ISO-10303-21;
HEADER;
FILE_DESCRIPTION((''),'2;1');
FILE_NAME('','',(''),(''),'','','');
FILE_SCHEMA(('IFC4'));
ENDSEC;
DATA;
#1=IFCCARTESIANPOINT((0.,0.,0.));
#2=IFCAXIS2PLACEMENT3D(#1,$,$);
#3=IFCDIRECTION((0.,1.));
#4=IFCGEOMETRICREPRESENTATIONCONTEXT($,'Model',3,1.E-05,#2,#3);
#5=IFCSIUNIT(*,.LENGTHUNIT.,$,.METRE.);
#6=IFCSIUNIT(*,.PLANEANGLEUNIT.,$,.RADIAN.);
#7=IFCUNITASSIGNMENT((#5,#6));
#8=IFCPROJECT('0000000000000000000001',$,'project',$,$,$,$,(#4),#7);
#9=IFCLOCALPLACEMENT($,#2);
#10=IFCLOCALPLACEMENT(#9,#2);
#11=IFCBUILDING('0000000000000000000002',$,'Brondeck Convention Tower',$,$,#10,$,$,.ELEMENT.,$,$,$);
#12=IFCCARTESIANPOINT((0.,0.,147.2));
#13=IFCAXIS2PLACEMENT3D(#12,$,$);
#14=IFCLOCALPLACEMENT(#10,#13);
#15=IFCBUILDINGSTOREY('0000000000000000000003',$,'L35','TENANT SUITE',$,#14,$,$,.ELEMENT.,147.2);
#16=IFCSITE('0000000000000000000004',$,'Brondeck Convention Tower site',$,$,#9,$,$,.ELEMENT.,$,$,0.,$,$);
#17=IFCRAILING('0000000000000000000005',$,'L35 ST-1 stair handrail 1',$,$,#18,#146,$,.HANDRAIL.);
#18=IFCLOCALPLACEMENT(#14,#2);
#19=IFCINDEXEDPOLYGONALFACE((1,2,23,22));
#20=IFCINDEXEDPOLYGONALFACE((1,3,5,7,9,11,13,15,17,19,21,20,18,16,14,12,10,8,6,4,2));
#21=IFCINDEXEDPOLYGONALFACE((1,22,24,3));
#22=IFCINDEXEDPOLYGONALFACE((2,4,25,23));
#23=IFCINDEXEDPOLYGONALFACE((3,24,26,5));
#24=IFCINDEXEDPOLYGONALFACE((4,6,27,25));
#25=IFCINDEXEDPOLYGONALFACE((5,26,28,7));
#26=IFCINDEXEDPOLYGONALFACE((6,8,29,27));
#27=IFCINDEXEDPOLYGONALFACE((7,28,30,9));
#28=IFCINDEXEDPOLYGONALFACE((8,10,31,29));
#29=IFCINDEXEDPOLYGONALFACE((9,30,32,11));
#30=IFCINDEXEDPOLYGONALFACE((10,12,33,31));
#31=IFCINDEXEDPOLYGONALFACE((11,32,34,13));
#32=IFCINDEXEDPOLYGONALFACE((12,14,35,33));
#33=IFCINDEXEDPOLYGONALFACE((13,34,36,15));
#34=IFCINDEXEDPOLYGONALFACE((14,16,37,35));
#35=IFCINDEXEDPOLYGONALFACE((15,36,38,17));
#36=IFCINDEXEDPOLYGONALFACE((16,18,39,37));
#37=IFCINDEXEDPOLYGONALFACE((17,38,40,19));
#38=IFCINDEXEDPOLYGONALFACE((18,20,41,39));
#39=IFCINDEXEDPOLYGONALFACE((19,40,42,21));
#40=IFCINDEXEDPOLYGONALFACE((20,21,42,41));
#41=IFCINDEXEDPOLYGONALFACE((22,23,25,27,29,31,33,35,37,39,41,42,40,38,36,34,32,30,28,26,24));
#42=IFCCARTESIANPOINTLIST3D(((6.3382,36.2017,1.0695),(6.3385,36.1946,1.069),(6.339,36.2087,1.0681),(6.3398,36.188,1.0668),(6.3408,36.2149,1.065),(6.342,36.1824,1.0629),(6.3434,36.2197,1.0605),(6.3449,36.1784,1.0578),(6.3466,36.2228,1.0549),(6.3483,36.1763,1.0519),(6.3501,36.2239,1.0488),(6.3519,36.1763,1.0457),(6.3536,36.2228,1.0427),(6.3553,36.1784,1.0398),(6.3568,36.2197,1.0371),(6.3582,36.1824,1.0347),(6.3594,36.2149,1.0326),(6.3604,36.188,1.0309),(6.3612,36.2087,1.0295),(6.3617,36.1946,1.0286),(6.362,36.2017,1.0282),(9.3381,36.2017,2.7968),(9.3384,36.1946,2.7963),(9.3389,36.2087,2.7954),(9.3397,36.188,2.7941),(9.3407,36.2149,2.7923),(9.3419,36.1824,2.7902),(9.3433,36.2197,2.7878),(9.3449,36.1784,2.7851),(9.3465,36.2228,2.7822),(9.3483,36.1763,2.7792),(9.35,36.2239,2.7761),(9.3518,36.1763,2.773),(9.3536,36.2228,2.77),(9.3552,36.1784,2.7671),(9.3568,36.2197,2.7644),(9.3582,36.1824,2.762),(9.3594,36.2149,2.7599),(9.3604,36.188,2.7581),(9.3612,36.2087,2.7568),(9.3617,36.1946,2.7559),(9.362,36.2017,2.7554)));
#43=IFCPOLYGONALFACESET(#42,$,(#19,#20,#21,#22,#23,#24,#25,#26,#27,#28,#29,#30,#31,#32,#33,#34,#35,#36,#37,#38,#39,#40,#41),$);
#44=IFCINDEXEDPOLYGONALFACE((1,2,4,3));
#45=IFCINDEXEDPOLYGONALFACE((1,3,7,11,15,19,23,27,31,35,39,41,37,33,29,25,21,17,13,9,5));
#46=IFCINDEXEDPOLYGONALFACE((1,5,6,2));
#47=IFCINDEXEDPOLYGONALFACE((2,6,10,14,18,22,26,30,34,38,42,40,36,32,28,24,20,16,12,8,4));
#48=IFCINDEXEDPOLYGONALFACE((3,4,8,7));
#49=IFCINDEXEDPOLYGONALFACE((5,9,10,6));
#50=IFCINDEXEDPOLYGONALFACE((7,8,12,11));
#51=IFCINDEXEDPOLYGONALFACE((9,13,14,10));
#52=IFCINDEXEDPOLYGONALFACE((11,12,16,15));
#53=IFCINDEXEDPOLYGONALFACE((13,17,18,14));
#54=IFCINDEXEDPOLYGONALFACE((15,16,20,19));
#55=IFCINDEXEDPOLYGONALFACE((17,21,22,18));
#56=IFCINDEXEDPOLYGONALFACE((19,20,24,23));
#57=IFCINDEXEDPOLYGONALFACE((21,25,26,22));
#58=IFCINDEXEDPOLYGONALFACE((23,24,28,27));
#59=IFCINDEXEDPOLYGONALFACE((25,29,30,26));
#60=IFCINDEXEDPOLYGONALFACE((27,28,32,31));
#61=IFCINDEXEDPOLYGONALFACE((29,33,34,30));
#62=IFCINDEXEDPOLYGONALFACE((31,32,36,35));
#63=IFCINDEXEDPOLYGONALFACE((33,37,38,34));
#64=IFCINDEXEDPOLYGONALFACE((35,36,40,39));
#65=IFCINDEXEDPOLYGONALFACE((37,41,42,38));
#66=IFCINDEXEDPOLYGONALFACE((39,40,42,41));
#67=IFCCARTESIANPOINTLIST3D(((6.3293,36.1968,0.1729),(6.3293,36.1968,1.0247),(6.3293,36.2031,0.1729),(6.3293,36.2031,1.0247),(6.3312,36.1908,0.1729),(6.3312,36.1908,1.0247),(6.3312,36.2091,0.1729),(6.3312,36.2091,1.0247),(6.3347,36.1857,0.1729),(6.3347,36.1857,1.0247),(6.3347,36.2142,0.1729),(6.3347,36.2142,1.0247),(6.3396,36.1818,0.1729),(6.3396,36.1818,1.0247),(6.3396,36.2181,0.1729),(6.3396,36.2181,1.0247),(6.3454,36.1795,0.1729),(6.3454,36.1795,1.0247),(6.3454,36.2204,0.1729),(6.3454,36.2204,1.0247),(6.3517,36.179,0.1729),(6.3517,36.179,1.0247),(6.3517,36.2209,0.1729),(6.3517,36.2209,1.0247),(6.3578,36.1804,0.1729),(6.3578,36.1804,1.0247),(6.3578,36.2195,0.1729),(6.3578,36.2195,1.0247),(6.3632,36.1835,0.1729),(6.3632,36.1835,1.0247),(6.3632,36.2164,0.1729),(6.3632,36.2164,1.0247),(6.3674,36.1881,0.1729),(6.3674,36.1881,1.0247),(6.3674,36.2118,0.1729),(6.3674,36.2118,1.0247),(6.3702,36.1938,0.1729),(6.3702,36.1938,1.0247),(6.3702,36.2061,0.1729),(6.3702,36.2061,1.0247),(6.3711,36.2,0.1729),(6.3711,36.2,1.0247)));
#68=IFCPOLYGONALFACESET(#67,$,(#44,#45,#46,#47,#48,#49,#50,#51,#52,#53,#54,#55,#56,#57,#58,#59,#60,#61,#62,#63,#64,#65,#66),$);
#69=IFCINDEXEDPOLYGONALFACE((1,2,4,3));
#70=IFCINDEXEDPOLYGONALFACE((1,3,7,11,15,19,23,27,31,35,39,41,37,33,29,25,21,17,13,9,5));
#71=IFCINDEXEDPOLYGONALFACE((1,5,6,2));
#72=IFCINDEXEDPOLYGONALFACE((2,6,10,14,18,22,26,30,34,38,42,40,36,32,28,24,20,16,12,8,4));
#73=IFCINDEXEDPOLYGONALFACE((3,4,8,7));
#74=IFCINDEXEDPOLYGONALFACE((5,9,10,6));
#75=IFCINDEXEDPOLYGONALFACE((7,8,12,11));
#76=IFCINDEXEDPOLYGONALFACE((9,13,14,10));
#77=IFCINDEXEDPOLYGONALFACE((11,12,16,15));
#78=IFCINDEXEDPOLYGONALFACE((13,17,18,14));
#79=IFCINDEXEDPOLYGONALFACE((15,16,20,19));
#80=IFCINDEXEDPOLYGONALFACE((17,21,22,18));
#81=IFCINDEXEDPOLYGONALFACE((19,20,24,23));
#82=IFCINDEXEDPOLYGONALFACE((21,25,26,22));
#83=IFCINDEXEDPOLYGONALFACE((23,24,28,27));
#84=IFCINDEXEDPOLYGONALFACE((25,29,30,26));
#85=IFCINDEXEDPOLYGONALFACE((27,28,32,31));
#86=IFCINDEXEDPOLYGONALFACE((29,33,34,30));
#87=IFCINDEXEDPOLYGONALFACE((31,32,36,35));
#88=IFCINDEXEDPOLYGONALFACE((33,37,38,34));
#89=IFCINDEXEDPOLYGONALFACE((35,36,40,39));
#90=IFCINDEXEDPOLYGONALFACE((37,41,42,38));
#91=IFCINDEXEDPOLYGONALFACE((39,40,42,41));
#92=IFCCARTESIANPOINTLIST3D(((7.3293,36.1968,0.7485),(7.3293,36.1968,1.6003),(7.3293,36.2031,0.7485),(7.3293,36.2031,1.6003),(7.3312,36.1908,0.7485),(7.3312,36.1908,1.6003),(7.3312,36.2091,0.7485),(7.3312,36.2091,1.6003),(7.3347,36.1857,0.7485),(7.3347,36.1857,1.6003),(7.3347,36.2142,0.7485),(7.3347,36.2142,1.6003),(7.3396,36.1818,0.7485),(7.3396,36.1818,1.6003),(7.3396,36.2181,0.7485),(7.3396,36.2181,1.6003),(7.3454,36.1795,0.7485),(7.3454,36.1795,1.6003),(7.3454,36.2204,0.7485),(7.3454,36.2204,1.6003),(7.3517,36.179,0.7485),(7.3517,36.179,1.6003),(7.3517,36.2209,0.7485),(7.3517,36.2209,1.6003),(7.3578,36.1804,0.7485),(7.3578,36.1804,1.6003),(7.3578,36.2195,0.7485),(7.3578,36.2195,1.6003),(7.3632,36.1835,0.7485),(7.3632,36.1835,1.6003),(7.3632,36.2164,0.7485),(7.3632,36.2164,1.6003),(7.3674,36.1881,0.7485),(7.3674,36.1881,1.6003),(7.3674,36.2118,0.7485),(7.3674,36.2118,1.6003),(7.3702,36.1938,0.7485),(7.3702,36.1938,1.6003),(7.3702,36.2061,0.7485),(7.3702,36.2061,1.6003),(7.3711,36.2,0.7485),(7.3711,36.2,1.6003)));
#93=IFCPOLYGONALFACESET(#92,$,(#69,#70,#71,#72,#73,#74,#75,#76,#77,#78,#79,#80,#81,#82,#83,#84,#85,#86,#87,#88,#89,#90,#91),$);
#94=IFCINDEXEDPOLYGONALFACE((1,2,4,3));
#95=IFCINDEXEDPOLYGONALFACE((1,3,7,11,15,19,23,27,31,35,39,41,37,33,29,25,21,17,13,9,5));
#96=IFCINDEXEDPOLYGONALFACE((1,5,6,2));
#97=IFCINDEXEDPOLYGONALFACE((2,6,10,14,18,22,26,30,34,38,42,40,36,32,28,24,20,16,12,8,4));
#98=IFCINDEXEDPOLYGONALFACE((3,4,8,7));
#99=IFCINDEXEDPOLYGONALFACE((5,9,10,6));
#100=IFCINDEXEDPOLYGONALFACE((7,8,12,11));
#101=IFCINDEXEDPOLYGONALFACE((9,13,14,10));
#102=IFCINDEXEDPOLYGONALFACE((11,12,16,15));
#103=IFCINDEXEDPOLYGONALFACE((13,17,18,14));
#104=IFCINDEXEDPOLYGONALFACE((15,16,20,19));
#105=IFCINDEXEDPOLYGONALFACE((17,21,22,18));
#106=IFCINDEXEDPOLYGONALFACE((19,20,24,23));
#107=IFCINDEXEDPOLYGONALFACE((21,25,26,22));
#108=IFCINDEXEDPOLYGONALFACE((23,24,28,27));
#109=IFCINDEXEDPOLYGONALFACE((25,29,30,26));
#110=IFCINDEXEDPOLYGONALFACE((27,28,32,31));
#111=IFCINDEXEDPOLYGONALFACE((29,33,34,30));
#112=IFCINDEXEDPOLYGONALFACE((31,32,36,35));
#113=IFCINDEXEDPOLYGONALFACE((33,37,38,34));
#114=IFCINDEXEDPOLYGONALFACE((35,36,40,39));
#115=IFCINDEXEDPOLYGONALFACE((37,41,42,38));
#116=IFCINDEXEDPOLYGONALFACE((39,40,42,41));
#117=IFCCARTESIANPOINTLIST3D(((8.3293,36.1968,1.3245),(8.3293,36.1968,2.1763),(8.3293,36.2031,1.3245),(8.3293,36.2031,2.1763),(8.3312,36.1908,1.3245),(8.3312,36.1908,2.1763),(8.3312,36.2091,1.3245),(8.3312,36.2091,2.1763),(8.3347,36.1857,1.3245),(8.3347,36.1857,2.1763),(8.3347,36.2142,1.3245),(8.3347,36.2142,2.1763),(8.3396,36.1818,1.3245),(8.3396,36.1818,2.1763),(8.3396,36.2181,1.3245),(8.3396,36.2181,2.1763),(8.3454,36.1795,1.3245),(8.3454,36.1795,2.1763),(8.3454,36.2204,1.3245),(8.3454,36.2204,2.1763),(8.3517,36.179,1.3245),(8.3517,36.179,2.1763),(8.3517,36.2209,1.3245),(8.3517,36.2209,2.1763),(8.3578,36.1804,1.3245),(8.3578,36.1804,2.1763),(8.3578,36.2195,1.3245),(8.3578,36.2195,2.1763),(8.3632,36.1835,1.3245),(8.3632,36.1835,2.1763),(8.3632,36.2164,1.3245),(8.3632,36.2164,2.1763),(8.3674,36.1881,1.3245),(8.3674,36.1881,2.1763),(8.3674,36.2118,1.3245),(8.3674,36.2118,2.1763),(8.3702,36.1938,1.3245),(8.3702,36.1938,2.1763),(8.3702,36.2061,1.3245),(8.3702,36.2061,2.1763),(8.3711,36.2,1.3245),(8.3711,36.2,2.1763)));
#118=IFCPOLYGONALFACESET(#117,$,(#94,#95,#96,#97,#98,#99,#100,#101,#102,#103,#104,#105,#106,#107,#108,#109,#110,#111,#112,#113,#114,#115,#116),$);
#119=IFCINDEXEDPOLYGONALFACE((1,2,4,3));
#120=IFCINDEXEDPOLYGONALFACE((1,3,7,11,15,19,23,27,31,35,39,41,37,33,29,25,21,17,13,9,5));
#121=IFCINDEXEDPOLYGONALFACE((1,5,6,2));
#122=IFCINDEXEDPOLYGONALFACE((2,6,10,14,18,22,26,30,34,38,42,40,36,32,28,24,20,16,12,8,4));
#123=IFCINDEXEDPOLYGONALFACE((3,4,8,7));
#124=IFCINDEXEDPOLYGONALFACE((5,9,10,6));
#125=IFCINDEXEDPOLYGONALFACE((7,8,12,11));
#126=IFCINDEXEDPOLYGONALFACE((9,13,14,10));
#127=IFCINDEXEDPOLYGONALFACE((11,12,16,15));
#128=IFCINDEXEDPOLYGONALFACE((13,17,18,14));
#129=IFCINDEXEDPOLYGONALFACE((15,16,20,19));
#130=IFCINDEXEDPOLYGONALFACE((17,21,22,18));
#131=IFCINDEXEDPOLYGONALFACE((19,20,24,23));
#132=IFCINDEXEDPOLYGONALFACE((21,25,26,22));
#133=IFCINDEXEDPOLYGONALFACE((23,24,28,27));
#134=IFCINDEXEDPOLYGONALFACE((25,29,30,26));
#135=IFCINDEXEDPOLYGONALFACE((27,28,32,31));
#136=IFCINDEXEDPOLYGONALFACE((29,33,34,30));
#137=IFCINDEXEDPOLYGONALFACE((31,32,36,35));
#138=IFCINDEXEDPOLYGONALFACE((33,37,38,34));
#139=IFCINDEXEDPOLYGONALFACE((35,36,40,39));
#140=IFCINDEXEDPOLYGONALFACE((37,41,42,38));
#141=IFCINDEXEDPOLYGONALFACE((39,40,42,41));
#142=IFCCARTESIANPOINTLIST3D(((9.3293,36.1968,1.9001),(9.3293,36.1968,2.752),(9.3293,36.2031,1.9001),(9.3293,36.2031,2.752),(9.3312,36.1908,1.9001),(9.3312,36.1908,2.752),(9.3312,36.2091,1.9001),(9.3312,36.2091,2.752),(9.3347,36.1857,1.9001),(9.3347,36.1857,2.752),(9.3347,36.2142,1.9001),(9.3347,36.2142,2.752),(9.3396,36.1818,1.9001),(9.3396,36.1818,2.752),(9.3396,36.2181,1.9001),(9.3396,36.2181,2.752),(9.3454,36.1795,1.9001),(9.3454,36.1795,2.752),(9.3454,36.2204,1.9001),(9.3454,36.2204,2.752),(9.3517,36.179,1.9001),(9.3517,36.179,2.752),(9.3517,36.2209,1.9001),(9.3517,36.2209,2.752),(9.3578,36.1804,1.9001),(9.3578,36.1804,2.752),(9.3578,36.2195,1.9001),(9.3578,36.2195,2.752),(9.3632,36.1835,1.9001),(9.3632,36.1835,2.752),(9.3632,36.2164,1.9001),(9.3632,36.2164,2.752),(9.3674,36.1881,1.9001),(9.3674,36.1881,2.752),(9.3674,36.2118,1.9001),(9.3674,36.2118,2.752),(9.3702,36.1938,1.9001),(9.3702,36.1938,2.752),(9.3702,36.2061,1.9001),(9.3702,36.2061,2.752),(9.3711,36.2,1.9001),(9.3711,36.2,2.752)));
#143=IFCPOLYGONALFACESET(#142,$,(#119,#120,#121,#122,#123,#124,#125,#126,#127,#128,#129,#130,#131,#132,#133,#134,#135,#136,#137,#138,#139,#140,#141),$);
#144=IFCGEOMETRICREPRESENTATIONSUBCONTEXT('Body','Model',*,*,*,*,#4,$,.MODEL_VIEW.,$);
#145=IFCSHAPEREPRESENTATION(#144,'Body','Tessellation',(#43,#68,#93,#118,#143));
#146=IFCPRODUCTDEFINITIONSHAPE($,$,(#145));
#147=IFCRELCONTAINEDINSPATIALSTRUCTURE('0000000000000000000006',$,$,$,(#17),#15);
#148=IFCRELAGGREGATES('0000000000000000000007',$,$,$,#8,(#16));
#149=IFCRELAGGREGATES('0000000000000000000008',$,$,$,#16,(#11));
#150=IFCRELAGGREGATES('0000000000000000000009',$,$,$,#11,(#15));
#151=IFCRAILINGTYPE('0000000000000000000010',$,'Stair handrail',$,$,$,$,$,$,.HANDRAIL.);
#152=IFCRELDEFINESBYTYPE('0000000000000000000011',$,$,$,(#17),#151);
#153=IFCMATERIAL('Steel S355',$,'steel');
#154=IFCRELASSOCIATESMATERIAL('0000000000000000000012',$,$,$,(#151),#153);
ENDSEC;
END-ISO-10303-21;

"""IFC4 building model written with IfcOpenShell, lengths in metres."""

from ifc_helpers import new_model, si_unit, direction, frame, origin, origin_2d, place, context, subcontext, project, spatial, circle, extrude, material, type_object, element, save


model = new_model("IFC4")

# Units and contexts
model_context = context("Model", 3, precision=1e-05, world=origin(), true_north=direction((0.0, 1.0)))
body_context = subcontext(model_context, "Body", "Model", "MODEL_VIEW")
ifc_project = project(units=[si_unit("LENGTHUNIT", "METRE"), si_unit("PLANEANGLEUNIT", "RADIAN")], contexts=[model_context])

# Site, building, storey
site_placement = place(None, origin())
site = spatial("IfcSite", under=ifc_project, at=site_placement, Name="Brondeck Convention Tower site", CompositionType="ELEMENT", RefElevation=0.0)
building_placement = place(site_placement, origin())
building = spatial("IfcBuilding", under=site, at=building_placement, Name="Brondeck Convention Tower", CompositionType="ELEMENT")
storey_placement = place(building_placement, frame((0.0, 0.0, 147.2)))
storey = spatial("IfcBuildingStorey", under=building, at=storey_placement, Name="L35", Description="TENANT SUITE", CompositionType="ELEMENT", Elevation=147.2)

# Railing
ifc_material_1 = material(Name="Steel S355", Category="steel")
railing_type_1 = type_object("IfcRailingType", Name="Stair handrail", PredefinedType="HANDRAIL", material=ifc_material_1)
railing_1_placement = place(storey_placement, frame((6.3501, 36.2, 0.1729)))
element("IfcRailing", 1, at=railing_1_placement, inside=storey, type_object=railing_type_1, Name="L35 ST-1 stair handrail 1", PredefinedType="HANDRAIL", context=body_context, shape_type="SweptSolid", body=[
    extrude(circle(Radius=0.0239, at=origin_2d()), frame((0.0, 0.0, 0.876), z_axis=(0.86662, 0.0, 0.498969), x_axis=(0.0, 1.0, 0.0)), (0.0, 0.0, 1.0), 3.4617),
    extrude(circle(Radius=0.021, at=origin_2d()), origin(), (0.0, 0.0, 1.0), 0.8518),
    extrude(circle(Radius=0.021, at=origin_2d()), frame((1.0, 0.0, 0.5757)), (0.0, 0.0, 1.0), 0.8518),
    extrude(circle(Radius=0.021, at=origin_2d()), frame((2.0, 0.0, 1.1516)), (0.0, 0.0, 1.0), 0.8518),
    extrude(circle(Radius=0.021, at=origin_2d()), frame((3.0, 0.0, 1.7273)), (0.0, 0.0, 1.0), 0.8518),
])

save(model, "model.ifc")
